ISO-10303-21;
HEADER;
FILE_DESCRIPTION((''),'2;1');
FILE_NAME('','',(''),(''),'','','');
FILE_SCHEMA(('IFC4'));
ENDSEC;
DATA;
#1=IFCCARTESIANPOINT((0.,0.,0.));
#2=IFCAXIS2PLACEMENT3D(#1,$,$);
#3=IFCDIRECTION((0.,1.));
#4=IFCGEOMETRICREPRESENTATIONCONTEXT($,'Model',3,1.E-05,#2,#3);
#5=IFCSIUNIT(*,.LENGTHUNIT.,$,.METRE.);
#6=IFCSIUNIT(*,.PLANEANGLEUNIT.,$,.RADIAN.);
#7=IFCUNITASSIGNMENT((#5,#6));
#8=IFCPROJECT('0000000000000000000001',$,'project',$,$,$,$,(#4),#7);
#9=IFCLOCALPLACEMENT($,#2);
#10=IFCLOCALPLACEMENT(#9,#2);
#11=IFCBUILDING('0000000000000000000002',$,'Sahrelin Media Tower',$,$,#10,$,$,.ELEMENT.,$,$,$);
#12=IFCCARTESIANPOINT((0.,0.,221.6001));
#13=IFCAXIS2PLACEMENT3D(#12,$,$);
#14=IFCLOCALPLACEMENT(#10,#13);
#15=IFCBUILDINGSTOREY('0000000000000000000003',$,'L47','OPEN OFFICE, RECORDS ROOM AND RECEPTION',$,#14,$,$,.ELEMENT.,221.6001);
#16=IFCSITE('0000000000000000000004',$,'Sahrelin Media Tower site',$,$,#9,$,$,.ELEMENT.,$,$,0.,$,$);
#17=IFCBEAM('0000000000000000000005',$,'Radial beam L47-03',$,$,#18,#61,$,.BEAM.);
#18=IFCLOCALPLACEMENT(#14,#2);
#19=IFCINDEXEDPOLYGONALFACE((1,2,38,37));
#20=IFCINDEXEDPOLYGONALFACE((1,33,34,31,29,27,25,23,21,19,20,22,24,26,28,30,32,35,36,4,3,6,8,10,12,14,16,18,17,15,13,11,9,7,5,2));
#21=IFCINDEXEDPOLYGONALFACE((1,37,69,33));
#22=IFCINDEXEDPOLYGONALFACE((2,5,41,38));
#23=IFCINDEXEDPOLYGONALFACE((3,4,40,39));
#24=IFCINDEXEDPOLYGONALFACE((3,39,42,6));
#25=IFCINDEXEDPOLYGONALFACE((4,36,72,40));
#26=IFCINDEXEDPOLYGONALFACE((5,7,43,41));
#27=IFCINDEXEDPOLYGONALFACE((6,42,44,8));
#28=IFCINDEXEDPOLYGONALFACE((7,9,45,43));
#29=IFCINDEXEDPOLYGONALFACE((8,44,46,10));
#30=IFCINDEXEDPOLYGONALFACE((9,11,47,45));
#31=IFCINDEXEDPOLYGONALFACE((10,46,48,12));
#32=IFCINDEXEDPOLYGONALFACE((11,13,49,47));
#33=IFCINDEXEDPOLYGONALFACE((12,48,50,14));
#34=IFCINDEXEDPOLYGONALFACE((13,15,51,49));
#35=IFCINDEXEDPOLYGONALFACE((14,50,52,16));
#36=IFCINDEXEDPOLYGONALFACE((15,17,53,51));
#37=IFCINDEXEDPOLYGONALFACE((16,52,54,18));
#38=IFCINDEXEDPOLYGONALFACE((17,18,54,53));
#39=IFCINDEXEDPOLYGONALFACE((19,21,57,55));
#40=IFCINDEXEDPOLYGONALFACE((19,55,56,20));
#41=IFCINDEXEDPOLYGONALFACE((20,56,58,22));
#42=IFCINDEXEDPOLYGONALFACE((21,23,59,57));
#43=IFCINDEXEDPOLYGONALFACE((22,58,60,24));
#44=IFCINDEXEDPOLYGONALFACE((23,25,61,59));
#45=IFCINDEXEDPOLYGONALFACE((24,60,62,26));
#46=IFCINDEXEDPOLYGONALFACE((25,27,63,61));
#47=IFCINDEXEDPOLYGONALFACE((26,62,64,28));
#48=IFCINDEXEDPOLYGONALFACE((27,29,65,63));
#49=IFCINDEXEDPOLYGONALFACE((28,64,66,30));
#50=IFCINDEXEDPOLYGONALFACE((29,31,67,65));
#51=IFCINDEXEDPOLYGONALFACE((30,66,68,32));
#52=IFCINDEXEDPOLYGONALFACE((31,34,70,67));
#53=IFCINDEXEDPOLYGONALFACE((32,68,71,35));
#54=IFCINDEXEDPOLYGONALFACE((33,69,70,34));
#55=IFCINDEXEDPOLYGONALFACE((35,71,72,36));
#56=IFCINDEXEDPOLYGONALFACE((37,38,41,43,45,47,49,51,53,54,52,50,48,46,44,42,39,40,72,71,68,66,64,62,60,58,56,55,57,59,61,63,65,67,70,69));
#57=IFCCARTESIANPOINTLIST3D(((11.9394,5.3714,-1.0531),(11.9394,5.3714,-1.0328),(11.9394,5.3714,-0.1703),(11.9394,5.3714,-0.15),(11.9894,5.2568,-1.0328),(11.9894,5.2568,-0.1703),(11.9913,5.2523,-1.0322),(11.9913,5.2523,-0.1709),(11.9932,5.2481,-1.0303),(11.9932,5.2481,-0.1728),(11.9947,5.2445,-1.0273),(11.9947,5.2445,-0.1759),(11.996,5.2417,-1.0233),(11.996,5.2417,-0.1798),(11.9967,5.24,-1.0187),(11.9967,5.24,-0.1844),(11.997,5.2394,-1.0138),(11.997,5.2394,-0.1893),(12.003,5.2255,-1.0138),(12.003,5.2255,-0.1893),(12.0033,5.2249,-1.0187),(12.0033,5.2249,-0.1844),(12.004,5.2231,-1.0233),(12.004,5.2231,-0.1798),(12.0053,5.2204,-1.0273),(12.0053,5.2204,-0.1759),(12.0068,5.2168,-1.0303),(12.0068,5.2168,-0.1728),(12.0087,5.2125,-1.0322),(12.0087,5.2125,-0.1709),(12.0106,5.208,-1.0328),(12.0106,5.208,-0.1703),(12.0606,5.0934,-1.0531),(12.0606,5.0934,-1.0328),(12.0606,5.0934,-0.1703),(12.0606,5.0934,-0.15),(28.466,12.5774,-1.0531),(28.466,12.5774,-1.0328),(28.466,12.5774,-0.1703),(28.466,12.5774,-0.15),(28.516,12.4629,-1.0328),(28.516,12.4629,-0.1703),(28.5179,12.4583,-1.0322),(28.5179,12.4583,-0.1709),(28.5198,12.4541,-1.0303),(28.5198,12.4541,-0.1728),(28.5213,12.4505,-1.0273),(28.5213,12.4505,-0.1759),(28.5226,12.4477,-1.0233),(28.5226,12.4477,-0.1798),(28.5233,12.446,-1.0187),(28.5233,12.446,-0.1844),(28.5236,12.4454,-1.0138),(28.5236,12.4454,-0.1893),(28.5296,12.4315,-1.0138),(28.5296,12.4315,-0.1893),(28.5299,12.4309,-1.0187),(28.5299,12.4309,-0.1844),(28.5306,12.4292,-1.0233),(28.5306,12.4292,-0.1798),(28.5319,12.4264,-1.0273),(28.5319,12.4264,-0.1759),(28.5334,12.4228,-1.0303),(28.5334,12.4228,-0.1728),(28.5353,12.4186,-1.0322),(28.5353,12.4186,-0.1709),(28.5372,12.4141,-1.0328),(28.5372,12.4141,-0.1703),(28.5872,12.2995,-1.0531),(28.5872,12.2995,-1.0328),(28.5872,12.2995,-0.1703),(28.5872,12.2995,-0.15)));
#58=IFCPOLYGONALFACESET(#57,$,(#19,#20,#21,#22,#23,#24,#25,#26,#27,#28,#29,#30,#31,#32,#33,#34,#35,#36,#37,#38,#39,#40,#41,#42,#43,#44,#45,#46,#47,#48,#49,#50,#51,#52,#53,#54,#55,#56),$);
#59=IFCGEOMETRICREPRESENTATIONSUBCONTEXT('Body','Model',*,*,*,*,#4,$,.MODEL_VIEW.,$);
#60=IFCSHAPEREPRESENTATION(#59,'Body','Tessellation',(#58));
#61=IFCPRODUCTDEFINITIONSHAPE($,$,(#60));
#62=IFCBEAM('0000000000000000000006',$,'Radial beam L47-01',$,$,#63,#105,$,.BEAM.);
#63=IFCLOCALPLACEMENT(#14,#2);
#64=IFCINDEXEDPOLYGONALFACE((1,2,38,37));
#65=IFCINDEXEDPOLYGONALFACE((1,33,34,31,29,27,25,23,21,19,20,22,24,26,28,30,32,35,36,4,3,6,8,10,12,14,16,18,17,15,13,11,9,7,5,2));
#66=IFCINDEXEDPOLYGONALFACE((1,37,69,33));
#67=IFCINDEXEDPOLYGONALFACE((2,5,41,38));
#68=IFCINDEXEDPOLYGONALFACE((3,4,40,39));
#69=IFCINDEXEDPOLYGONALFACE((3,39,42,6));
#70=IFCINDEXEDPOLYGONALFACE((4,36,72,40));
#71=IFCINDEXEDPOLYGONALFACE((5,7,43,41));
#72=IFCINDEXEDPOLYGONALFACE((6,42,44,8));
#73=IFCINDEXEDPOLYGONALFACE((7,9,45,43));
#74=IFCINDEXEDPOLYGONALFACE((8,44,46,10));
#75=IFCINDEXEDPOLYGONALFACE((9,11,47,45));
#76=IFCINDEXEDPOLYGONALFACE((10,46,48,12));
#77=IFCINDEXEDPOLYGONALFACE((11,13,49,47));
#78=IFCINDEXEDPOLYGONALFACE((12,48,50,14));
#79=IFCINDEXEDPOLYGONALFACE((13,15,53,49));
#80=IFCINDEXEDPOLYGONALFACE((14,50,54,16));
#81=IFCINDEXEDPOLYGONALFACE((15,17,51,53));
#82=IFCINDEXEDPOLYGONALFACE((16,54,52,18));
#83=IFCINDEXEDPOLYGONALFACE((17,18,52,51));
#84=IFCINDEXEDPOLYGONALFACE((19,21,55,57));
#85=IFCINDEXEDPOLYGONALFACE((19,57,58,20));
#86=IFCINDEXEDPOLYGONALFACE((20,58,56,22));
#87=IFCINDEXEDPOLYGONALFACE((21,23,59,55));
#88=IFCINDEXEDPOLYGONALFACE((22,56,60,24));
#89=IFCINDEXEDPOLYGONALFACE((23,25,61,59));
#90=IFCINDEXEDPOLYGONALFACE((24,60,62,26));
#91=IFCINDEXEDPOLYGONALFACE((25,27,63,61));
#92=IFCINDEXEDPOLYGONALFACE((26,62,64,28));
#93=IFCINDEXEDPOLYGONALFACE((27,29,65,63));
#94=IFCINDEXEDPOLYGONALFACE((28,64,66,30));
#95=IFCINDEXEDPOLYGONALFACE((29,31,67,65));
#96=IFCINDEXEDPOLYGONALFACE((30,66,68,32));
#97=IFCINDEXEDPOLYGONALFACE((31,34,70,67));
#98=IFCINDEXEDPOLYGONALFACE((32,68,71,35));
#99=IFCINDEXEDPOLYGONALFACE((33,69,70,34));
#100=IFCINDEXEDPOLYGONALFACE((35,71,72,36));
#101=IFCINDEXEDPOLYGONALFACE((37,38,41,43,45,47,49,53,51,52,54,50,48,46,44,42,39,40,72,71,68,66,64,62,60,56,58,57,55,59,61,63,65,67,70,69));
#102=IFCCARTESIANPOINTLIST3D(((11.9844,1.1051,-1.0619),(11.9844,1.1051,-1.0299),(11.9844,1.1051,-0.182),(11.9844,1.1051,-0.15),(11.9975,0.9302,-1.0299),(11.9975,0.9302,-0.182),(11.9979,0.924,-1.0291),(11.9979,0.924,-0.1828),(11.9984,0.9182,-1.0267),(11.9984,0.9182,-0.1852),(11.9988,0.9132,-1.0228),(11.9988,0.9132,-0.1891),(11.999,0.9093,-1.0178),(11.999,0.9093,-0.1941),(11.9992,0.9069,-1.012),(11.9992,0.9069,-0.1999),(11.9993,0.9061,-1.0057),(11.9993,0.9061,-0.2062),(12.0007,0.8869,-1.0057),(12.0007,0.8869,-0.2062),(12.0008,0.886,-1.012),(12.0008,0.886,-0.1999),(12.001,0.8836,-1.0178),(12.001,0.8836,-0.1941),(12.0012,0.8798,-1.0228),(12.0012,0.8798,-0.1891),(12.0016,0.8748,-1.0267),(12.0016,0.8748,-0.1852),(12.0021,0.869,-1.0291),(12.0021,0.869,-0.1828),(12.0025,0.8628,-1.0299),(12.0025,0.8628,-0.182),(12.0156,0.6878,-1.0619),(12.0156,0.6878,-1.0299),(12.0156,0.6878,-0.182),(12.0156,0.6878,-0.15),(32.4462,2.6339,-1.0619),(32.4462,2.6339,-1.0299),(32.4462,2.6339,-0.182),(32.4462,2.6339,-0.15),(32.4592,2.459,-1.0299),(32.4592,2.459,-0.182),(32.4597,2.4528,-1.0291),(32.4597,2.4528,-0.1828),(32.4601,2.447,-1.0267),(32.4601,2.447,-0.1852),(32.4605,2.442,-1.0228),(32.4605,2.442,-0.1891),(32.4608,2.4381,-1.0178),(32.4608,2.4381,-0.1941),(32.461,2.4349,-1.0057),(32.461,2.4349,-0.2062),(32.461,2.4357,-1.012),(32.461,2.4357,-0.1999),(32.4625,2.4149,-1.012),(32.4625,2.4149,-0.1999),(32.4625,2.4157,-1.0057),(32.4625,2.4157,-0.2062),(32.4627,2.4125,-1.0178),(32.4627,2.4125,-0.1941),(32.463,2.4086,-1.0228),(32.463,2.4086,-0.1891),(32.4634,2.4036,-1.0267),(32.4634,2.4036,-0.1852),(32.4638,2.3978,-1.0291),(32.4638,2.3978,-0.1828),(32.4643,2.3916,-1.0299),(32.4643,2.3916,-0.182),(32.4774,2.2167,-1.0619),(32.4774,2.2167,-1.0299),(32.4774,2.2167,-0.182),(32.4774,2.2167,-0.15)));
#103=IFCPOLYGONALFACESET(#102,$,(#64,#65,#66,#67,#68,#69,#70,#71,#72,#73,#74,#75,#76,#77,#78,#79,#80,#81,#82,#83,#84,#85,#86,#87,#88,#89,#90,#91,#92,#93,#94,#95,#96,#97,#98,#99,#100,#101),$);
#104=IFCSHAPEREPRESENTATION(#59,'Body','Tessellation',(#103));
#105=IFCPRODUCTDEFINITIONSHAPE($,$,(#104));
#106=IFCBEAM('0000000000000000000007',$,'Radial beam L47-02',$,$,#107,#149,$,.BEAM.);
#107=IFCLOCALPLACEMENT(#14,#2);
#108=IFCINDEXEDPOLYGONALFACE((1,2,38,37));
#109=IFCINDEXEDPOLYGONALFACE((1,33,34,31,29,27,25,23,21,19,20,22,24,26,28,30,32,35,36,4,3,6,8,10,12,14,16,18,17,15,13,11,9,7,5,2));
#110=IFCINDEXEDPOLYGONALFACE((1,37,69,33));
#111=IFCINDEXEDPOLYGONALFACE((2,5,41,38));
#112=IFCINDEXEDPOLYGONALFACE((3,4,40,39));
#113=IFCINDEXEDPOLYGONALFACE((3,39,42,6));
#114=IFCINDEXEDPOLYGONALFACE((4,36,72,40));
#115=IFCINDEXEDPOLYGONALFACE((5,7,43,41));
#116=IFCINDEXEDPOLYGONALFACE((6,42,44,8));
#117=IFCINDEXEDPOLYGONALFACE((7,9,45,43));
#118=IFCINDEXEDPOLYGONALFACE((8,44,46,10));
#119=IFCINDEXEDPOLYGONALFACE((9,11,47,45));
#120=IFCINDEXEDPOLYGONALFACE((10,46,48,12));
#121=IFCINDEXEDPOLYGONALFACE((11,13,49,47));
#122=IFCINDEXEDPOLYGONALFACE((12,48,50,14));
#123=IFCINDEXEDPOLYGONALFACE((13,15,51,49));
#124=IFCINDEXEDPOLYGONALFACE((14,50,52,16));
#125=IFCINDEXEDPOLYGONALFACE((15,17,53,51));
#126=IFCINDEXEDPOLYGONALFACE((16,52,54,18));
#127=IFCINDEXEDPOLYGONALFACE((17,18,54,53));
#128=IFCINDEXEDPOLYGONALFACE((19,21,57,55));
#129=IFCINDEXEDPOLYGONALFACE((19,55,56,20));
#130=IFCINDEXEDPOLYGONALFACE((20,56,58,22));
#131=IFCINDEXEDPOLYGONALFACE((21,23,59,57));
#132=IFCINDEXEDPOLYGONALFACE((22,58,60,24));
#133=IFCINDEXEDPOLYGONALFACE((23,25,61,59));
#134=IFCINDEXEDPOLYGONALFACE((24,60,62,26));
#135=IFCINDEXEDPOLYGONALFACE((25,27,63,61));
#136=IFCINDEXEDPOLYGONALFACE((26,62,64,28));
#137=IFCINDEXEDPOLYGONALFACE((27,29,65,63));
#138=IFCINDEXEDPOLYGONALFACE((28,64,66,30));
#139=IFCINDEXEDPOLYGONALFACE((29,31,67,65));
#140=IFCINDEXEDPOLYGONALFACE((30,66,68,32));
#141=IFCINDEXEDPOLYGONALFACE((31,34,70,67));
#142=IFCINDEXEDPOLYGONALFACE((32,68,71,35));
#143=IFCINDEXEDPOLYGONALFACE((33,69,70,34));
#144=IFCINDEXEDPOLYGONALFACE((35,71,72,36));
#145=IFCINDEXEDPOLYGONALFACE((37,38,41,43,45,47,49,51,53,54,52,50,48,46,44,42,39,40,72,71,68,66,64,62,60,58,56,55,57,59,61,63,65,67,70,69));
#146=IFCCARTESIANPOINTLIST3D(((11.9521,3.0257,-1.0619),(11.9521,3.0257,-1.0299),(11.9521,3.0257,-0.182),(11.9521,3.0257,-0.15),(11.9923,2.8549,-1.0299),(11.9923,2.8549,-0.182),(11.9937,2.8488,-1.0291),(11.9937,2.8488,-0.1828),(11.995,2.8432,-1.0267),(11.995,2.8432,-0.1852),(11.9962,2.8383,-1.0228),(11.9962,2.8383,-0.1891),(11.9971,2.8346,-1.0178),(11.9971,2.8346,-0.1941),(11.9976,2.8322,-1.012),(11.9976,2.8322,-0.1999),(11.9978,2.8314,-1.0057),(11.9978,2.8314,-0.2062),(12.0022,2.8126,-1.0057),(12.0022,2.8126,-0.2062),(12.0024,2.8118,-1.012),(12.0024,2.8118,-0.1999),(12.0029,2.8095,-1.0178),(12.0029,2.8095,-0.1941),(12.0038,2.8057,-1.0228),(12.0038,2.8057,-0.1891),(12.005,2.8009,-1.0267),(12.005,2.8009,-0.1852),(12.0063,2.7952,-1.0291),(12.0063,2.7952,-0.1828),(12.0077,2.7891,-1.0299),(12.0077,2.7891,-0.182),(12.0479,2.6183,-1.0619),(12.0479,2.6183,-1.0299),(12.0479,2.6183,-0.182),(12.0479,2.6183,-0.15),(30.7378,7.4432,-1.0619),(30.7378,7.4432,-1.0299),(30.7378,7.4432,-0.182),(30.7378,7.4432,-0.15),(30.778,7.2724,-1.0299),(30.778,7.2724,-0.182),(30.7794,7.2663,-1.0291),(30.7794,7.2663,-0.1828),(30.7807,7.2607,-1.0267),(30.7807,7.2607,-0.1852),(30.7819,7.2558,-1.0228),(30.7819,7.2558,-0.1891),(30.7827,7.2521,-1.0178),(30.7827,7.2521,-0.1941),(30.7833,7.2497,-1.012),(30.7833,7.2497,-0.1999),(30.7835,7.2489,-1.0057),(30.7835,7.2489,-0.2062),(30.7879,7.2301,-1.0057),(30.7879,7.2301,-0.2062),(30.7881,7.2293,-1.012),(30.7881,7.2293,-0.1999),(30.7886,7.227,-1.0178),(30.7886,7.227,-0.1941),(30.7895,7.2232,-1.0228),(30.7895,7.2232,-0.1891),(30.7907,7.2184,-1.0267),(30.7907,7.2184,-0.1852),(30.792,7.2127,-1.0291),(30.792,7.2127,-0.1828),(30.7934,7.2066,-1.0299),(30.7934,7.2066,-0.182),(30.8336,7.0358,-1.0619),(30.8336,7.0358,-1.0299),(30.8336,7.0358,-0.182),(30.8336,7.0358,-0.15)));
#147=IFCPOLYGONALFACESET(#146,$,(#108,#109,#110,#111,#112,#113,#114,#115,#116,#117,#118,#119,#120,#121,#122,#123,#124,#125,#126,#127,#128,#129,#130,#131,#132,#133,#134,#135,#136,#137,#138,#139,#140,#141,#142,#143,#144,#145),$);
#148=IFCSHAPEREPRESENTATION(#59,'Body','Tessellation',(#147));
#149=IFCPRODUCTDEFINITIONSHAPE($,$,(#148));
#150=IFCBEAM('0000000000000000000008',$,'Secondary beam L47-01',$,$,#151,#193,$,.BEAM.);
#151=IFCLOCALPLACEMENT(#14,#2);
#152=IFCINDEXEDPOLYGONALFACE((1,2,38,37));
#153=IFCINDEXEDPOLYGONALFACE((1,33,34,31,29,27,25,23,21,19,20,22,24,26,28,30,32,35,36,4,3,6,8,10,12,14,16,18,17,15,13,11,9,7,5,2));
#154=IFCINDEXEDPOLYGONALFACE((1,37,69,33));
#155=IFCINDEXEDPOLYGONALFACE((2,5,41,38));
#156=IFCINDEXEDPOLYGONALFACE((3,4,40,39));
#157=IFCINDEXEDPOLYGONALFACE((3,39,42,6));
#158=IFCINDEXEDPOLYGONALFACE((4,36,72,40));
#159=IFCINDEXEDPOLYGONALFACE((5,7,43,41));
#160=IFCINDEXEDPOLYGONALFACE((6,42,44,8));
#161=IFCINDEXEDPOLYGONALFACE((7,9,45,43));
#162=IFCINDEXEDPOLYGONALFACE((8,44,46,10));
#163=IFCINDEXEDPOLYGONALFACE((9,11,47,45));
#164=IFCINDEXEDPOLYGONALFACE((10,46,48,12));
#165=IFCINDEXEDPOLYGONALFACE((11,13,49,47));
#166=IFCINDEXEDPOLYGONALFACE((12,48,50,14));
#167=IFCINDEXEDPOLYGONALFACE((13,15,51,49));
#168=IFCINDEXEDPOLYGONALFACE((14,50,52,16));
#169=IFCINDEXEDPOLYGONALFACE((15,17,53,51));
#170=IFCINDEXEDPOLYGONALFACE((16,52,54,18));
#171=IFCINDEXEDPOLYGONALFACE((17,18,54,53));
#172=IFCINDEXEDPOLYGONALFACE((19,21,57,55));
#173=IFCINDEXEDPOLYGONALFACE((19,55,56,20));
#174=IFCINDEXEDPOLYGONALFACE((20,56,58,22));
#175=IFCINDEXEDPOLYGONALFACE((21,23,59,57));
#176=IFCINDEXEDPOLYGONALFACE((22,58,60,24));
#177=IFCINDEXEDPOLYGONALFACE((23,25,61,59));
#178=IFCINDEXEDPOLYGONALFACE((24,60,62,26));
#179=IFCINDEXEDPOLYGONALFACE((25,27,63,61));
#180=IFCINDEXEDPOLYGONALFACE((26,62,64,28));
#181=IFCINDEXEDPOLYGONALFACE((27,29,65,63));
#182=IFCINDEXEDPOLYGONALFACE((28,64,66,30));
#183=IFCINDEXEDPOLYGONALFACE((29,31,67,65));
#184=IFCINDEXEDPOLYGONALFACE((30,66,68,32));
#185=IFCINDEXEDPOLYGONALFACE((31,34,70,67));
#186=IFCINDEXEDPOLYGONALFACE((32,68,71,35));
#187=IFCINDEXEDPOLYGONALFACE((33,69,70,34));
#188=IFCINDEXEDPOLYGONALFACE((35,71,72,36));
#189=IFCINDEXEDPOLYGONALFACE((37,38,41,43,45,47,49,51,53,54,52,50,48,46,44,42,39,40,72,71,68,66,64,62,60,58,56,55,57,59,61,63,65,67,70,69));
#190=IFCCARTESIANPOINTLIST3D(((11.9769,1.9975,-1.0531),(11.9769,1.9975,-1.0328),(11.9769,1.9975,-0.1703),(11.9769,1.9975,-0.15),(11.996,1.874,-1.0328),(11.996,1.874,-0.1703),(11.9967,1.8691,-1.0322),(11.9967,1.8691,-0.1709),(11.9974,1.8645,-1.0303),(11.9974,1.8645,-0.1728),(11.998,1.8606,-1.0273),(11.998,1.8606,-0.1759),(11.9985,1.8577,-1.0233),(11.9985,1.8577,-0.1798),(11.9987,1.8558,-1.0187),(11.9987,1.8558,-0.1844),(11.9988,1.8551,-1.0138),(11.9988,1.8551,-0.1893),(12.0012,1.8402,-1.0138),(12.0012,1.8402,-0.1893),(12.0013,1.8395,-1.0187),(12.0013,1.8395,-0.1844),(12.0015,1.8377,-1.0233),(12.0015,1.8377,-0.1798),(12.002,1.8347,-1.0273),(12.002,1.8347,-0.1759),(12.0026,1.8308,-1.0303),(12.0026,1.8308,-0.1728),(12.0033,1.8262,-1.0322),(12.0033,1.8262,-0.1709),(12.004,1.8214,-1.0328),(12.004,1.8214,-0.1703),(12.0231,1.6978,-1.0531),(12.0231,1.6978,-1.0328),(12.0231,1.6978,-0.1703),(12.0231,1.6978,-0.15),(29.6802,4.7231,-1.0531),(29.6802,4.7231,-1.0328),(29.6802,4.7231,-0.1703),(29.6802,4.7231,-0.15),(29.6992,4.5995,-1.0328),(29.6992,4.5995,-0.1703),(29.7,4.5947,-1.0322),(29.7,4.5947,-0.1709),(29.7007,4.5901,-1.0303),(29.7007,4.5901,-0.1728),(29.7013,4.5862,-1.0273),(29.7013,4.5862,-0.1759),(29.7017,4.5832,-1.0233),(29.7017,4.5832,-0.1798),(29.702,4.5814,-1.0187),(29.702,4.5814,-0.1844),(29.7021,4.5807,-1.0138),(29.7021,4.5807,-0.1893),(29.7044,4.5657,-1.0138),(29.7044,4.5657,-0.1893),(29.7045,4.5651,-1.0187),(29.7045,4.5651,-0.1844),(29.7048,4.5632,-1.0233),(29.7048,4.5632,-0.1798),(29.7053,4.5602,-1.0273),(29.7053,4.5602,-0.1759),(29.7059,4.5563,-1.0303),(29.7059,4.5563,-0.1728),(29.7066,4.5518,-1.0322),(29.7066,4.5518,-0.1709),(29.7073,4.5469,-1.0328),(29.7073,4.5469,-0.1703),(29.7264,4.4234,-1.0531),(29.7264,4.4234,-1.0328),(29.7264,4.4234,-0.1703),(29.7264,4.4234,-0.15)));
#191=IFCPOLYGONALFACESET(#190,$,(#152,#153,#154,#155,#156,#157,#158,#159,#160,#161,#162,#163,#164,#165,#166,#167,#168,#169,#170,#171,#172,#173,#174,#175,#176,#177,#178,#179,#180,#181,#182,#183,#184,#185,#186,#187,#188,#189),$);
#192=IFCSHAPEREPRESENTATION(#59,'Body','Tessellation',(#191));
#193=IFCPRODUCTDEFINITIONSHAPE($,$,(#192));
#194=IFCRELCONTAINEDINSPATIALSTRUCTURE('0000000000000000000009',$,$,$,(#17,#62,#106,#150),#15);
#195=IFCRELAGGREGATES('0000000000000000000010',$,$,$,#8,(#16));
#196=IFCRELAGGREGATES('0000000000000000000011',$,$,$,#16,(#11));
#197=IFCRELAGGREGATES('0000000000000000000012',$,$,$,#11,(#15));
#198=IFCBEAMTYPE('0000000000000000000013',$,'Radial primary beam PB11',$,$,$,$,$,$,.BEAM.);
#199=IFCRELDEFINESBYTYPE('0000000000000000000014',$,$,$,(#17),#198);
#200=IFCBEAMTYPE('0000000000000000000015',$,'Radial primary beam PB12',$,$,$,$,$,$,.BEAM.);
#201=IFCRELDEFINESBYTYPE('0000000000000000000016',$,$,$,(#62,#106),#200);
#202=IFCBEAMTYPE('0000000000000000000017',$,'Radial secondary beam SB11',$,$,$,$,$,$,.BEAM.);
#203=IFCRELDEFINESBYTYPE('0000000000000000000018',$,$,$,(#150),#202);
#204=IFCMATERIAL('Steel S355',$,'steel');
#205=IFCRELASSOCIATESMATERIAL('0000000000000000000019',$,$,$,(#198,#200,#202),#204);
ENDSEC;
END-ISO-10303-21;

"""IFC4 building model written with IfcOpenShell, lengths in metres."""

from ifc_helpers import new_model, si_unit, direction, frame, origin, origin_2d, place, context, subcontext, project, spatial, i_section, extrude, material, material_profile, profile_set, type_object, element, save


model = new_model("IFC4")

# Units and contexts
model_context = context("Model", 3, precision=1e-05, world=origin(), true_north=direction((0.0, 1.0)))
body_context = subcontext(model_context, "Body", "Model", "MODEL_VIEW")
ifc_project = project(units=[si_unit("LENGTHUNIT", "METRE"), si_unit("PLANEANGLEUNIT", "RADIAN")], contexts=[model_context])

# Site, building, storey
site_placement = place(None, origin())
site = spatial("IfcSite", under=ifc_project, at=site_placement, Name="Sahrelin Media Tower site", CompositionType="ELEMENT", RefElevation=0.0)
building_placement = place(site_placement, origin())
building = spatial("IfcBuilding", under=site, at=building_placement, Name="Sahrelin Media Tower", CompositionType="ELEMENT")
storey_placement = place(building_placement, frame((0.0, 0.0, 221.6001)))
storey = spatial("IfcBuildingStorey", under=building, at=storey_placement, Name="L47", Description="OPEN OFFICE, RECORDS ROOM AND RECEPTION", CompositionType="ELEMENT", Elevation=221.6001)

# Beams
ifc_material_1 = material(Name="Steel S355", Category="steel")
ifc_material_profile_1 = material_profile(ifc_material_1, i_section(OverallWidth=0.3032, OverallDepth=0.9031, WebThickness=0.0151, FlangeThickness=0.0203, FilletRadius=0.019, at=origin_2d()), Name="UB 914x305x201")
ifc_profile_set_1 = profile_set([ifc_material_profile_1], Name="Steel S355")
beam_type_1 = type_object("IfcBeamType", Name="Radial primary beam PB11", PredefinedType="BEAM", material=ifc_profile_set_1)
beam_1_placement = place(storey_placement, frame((12.0, 5.2324, -0.6016), z_axis=(0.916652, 0.399685, 0.0), x_axis=(-0.399685, 0.916652, 0.0)))
element("IfcBeam", 1, at=beam_1_placement, inside=storey, type_object=beam_type_1, Name="Radial beam L47-03", PredefinedType="BEAM", context=body_context, shape_type="SweptSolid", body=[
    extrude(i_section(OverallWidth=0.3032, OverallDepth=0.9031, WebThickness=0.0151, FlangeThickness=0.0203, FilletRadius=0.019, at=origin_2d()), origin(), (0.0, 0.0, 1.0), 18.0293),
])
ifc_material_profile_2 = material_profile(ifc_material_1, i_section(OverallWidth=0.4185, OverallDepth=0.9119, WebThickness=0.0193, FlangeThickness=0.032, FilletRadius=0.0242, at=origin_2d()), Name="UB 914x419x343")
ifc_profile_set_2 = profile_set([ifc_material_profile_2], Name="Steel S355")
beam_type_2 = type_object("IfcBeamType", Name="Radial primary beam PB12", PredefinedType="BEAM", material=ifc_profile_set_2)
beam_2_placement = place(storey_placement, frame((12.0, 0.8965, -0.606), z_axis=(0.99722, 0.074508, 0.0), x_axis=(-0.074508, 0.99722, 0.0)))
element("IfcBeam", 2, at=beam_2_placement, inside=storey, type_object=beam_type_2, Name="Radial beam L47-01", PredefinedType="BEAM", context=body_context, shape_type="SweptSolid", body=[
    extrude(i_section(OverallWidth=0.4185, OverallDepth=0.9119, WebThickness=0.0193, FlangeThickness=0.032, FilletRadius=0.0242, at=origin_2d()), origin(), (0.0, 0.0, 1.0), 20.5188),
])
beam_3_placement = place(storey_placement, frame((12.0, 2.822, -0.606), z_axis=(0.973448, 0.228908, 0.0), x_axis=(-0.228908, 0.973448, 0.0)))
element("IfcBeam", 3, at=beam_3_placement, inside=storey, type_object=beam_type_2, Name="Radial beam L47-02", PredefinedType="BEAM", context=body_context, shape_type="SweptSolid", body=[
    extrude(i_section(OverallWidth=0.4185, OverallDepth=0.9119, WebThickness=0.0193, FlangeThickness=0.032, FilletRadius=0.0242, at=origin_2d()), origin(), (0.0, 0.0, 1.0), 19.2981),
])
ifc_material_profile_3 = material_profile(ifc_material_1, i_section(OverallWidth=0.3032, OverallDepth=0.9031, WebThickness=0.0151, FlangeThickness=0.0203, FilletRadius=0.019, at=origin_2d()), Name="UB 914x305x201")
ifc_profile_set_3 = profile_set([ifc_material_profile_3], Name="Steel S355")
beam_type_3 = type_object("IfcBeamType", Name="Radial secondary beam SB11", PredefinedType="BEAM", material=ifc_profile_set_3)
beam_4_placement = place(storey_placement, frame((12.0, 1.8477, -0.6016), z_axis=(0.988355, 0.152166, 0.0), x_axis=(-0.152166, 0.988355, 0.0)))
element("IfcBeam", 4, at=beam_4_placement, inside=storey, type_object=beam_type_3, Name="Secondary beam L47-01", PredefinedType="BEAM", context=body_context, shape_type="SweptSolid", body=[
    extrude(i_section(OverallWidth=0.3032, OverallDepth=0.9031, WebThickness=0.0151, FlangeThickness=0.0203, FilletRadius=0.019, at=origin_2d()), origin(), (0.0, 0.0, 1.0), 17.9119),
])

save(model, "model.ifc")
